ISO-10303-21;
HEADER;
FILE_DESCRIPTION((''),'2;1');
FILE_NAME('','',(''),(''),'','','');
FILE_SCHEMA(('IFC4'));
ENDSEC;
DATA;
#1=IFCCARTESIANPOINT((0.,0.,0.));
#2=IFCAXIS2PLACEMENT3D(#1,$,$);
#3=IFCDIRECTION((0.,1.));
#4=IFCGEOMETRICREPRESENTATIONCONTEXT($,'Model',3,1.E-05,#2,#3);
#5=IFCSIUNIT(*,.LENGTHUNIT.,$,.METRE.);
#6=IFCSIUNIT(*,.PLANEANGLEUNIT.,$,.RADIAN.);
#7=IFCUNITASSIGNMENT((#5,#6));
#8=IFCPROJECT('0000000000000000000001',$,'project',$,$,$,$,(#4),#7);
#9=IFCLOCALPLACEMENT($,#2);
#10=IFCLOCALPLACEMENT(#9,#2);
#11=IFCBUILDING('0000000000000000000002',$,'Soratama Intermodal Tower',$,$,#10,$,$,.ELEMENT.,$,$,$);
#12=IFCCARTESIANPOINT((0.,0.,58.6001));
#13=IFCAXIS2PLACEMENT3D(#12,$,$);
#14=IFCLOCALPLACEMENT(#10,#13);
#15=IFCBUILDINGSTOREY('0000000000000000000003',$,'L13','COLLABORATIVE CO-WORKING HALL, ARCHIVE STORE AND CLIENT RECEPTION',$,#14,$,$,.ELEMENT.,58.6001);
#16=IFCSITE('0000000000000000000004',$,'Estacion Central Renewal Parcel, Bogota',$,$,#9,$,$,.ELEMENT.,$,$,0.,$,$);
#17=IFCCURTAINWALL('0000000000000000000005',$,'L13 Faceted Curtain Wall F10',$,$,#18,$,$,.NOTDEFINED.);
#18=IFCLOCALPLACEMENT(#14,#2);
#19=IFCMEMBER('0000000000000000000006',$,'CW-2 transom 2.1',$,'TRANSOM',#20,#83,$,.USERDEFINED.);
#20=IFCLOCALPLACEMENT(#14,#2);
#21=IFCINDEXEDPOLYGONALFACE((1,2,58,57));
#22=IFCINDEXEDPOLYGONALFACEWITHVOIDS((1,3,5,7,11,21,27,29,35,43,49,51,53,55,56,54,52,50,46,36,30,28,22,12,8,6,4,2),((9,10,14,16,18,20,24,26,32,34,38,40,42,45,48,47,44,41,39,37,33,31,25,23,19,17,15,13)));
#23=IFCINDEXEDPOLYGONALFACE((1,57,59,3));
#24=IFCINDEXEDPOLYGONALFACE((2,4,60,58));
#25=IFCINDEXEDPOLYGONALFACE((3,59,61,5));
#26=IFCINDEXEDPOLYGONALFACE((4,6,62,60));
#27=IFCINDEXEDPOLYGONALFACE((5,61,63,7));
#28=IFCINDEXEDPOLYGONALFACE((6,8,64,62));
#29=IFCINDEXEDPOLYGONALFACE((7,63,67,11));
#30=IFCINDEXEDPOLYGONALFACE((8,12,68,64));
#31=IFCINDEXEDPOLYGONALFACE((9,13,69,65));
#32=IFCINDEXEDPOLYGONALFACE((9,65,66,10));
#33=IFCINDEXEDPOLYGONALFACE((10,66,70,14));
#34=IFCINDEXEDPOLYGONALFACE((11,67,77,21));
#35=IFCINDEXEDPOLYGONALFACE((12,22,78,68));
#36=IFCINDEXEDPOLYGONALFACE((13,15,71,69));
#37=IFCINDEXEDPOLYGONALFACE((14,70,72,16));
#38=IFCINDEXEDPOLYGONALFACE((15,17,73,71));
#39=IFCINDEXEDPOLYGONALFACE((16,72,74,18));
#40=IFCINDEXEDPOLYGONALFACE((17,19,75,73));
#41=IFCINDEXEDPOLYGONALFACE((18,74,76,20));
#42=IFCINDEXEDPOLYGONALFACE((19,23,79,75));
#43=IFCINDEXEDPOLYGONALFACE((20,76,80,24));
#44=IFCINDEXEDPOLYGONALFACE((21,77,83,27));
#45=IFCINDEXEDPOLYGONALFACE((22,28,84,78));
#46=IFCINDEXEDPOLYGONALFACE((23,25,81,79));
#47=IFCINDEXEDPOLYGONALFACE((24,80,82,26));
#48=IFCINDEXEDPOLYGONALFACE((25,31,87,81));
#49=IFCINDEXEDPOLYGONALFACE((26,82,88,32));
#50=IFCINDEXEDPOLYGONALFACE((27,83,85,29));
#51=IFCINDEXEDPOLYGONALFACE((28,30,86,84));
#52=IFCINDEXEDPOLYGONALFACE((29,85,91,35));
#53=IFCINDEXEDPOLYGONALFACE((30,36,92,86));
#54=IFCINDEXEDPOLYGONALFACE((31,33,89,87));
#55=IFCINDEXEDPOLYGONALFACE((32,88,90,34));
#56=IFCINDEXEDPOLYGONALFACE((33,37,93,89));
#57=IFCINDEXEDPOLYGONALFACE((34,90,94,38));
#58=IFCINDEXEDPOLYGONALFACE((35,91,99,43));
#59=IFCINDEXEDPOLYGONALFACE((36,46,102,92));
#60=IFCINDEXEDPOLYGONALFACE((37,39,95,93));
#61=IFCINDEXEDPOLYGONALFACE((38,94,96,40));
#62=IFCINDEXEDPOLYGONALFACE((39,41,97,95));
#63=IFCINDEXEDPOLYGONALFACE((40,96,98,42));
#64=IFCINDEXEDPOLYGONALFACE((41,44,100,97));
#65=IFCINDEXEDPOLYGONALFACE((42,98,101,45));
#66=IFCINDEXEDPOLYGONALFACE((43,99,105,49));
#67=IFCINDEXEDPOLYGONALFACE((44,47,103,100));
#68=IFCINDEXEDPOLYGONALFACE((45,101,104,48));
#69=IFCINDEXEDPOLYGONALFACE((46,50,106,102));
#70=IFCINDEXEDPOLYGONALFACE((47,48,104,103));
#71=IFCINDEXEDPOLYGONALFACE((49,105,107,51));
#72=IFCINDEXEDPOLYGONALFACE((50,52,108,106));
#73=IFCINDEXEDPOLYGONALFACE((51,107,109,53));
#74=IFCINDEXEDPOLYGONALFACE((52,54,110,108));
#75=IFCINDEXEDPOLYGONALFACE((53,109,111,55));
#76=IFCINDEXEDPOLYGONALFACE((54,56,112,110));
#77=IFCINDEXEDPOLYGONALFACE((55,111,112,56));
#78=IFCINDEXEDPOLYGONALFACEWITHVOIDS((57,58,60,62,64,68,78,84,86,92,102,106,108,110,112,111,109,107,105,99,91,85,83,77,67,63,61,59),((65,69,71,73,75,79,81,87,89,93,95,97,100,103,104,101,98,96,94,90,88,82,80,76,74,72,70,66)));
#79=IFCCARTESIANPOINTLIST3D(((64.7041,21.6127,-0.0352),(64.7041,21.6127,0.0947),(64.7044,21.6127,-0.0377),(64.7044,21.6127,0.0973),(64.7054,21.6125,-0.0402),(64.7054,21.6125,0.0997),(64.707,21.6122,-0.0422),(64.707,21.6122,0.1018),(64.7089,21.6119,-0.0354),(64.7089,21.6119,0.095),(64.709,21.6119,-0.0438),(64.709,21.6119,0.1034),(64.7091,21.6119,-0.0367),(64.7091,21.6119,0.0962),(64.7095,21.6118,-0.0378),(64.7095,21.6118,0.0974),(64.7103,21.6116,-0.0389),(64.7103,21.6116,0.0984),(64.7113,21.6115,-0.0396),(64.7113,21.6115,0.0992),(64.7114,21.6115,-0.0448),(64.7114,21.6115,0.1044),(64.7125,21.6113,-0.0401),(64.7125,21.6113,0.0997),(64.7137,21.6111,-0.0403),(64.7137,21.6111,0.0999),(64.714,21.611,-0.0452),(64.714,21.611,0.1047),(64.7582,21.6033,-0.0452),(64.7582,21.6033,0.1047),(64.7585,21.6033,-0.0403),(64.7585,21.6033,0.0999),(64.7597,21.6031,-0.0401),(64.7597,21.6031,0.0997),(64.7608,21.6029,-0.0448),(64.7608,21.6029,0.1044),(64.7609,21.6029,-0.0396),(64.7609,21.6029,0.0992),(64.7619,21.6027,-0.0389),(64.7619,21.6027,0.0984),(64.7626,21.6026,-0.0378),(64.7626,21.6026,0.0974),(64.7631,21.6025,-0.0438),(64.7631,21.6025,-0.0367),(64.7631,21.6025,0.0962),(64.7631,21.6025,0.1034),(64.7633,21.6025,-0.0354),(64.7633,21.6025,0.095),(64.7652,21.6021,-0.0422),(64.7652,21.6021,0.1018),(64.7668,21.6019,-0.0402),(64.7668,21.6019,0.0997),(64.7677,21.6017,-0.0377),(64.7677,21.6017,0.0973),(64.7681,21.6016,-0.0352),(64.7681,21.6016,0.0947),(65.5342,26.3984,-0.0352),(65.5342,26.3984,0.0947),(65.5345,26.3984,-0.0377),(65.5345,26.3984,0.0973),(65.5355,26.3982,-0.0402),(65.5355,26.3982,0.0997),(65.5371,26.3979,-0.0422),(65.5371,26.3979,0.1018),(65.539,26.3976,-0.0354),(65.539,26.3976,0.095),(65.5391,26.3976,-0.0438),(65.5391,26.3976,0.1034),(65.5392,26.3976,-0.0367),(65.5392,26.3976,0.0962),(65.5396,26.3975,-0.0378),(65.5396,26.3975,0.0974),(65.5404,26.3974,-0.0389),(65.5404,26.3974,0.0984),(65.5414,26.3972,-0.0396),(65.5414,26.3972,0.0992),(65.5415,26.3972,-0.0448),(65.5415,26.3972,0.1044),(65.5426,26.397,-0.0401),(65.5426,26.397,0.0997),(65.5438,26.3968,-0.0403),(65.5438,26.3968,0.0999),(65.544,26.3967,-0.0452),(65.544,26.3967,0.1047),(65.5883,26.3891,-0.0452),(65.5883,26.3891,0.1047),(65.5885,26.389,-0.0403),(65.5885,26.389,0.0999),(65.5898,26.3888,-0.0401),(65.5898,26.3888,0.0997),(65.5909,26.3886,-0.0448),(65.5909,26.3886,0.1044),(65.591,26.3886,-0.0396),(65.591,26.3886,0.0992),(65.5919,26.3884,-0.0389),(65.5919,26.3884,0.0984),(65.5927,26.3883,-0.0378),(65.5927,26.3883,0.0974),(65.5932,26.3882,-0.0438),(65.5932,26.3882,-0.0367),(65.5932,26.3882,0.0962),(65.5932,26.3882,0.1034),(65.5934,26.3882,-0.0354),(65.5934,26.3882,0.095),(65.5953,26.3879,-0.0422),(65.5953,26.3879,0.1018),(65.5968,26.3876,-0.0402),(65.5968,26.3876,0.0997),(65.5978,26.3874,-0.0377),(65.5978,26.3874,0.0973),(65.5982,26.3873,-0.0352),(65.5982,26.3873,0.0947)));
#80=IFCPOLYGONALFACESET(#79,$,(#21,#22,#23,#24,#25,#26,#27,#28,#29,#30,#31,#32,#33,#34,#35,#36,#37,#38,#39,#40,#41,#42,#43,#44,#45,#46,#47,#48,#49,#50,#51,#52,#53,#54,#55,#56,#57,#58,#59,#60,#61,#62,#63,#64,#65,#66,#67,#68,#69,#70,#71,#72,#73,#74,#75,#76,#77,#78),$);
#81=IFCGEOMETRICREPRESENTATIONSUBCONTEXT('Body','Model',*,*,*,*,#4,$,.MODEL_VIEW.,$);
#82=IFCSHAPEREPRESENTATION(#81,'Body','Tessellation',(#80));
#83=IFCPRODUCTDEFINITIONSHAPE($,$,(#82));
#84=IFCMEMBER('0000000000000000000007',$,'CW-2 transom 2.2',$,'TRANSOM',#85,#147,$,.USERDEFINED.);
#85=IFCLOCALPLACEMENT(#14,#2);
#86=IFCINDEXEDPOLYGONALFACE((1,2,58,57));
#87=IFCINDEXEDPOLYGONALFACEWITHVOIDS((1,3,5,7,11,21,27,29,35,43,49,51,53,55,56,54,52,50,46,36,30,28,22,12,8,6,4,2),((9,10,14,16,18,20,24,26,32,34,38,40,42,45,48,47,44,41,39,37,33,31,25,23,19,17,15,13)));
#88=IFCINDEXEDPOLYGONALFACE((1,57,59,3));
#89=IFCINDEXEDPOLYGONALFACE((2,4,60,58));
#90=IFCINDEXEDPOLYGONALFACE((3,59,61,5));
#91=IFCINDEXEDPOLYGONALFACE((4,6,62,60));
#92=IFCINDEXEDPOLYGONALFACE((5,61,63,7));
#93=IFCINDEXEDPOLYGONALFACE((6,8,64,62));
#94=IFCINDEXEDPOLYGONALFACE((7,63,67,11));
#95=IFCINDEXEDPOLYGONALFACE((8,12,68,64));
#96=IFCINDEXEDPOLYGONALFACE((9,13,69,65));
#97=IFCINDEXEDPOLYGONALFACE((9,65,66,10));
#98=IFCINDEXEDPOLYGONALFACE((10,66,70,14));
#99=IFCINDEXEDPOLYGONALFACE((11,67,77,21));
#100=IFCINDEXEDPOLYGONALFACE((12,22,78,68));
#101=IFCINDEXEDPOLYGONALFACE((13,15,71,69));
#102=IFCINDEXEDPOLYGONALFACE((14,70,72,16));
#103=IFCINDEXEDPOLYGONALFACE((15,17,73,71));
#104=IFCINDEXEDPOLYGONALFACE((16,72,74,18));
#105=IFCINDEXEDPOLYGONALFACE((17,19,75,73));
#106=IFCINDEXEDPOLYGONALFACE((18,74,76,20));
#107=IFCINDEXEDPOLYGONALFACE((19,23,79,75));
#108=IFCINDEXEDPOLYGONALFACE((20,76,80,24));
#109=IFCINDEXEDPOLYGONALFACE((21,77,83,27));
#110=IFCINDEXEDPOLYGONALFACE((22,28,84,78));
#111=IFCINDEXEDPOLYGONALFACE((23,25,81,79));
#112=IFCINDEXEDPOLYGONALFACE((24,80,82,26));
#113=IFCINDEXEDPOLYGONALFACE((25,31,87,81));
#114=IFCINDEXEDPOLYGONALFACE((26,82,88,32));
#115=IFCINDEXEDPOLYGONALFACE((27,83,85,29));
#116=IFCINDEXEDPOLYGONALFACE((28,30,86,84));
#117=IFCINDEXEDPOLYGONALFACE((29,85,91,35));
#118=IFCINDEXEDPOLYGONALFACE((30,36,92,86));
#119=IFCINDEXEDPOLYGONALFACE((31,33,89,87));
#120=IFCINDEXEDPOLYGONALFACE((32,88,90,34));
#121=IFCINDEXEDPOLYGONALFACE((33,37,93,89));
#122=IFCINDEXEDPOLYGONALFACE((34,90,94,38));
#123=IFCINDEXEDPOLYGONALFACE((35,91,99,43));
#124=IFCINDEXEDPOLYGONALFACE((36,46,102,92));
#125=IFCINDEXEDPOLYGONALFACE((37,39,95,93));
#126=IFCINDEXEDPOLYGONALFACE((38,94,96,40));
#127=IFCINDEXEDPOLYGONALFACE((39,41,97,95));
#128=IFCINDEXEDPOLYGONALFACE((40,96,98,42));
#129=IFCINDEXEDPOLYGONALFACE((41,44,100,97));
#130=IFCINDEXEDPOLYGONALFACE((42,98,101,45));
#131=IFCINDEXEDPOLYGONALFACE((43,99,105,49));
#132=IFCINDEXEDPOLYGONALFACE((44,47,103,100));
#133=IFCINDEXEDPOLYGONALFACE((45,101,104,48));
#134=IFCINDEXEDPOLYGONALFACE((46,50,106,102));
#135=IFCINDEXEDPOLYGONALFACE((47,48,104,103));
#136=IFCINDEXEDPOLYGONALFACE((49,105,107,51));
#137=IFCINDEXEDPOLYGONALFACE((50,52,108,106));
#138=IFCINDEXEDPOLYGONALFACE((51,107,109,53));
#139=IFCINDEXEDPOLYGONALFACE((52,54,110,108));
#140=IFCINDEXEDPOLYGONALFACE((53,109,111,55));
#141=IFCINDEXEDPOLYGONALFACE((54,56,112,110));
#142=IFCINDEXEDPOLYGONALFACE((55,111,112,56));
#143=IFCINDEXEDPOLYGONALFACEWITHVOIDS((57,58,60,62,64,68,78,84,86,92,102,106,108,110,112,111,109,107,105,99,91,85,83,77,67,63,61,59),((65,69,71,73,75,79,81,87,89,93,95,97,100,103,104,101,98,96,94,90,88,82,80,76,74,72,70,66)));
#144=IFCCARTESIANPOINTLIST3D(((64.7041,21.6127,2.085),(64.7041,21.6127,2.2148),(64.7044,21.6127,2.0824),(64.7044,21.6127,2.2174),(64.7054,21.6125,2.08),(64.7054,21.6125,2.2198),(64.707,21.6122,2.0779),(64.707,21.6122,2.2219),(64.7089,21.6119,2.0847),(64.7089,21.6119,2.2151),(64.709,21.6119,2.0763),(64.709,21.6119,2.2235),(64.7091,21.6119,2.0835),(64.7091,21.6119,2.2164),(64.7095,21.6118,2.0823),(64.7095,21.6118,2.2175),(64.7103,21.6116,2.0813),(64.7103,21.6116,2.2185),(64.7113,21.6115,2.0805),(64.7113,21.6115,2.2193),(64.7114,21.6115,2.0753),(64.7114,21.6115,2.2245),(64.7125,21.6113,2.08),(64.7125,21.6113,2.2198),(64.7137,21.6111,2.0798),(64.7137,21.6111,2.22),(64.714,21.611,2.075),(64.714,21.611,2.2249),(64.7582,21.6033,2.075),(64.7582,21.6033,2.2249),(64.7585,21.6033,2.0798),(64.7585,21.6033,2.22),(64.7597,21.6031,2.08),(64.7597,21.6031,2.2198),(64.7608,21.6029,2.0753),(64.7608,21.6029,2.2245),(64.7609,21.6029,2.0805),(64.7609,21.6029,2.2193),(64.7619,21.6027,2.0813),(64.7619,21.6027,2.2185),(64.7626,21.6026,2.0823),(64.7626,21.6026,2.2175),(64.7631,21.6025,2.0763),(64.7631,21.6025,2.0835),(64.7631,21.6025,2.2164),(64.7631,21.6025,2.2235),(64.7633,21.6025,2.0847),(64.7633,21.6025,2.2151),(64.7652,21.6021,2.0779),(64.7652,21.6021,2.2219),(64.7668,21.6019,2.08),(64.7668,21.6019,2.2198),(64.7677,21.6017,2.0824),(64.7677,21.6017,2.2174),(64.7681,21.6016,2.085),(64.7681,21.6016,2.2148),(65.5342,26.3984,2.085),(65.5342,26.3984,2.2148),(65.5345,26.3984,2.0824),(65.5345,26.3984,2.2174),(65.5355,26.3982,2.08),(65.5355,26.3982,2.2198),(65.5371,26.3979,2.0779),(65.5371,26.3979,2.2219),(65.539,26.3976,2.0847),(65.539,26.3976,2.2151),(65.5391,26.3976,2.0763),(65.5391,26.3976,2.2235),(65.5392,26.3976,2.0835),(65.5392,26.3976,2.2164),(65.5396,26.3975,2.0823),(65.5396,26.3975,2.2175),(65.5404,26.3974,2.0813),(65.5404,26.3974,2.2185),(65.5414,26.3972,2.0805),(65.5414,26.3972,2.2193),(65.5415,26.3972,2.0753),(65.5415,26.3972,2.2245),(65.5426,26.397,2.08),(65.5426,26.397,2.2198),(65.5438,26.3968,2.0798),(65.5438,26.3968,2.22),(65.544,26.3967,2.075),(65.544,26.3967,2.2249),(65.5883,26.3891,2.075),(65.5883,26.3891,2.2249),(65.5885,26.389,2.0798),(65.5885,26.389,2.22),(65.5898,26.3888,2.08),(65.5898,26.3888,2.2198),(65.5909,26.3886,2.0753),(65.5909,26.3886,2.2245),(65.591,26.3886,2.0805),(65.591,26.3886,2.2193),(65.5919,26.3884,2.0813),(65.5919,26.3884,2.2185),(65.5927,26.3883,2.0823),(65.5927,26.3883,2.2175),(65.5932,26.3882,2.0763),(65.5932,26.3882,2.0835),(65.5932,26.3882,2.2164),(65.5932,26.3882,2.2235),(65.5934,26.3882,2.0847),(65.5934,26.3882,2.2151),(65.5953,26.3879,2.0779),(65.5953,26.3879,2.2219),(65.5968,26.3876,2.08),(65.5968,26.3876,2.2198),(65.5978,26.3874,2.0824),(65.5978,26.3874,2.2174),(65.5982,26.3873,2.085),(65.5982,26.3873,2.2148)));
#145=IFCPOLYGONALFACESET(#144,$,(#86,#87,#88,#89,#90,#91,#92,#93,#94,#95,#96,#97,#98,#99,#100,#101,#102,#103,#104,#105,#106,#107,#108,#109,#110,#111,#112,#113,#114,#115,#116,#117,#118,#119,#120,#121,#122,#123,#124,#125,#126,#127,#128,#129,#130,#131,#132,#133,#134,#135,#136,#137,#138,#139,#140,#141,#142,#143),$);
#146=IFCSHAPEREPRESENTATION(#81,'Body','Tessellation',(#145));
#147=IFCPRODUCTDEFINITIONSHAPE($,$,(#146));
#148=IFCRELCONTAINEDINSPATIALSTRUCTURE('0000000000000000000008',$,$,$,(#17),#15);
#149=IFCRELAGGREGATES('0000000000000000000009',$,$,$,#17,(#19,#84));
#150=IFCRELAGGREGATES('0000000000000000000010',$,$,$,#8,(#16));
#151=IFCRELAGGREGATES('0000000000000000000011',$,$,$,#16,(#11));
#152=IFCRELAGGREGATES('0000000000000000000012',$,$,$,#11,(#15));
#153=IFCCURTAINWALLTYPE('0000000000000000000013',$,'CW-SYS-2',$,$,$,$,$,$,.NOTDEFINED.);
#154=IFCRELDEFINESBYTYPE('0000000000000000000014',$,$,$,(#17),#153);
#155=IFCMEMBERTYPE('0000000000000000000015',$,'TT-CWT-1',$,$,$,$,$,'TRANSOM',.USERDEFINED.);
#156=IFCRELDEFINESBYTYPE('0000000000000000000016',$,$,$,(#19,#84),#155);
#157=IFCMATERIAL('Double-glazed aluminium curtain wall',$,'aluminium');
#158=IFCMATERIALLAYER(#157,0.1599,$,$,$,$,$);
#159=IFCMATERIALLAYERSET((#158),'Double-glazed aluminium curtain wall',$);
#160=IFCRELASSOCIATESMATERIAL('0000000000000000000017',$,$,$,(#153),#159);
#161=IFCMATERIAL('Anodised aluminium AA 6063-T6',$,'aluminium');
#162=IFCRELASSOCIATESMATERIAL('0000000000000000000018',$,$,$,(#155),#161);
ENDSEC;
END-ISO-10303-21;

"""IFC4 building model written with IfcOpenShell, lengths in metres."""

from ifc_helpers import new_model, si_unit, direction, frame, origin, origin_2d, place, context, subcontext, project, spatial, hollow_rectangle, extrude, material, layer, layer_set, material_profile, profile_set, type_object, element, aggregate, save


model = new_model("IFC4")

# Units and contexts
model_context = context("Model", 3, precision=1e-05, world=origin(), true_north=direction((0.0, 1.0)))
body_context = subcontext(model_context, "Body", "Model", "MODEL_VIEW")
ifc_project = project(units=[si_unit("LENGTHUNIT", "METRE"), si_unit("PLANEANGLEUNIT", "RADIAN")], contexts=[model_context])

# Site, building, storey
site_placement = place(None, origin())
site = spatial("IfcSite", under=ifc_project, at=site_placement, Name="Estacion Central Renewal Parcel, Bogota", CompositionType="ELEMENT", RefElevation=0.0)
building_placement = place(site_placement, origin())
building = spatial("IfcBuilding", under=site, at=building_placement, Name="Soratama Intermodal Tower", CompositionType="ELEMENT")
storey_placement = place(building_placement, frame((0.0, 0.0, 58.6001)))
storey = spatial("IfcBuildingStorey", under=building, at=storey_placement, Name="L13", Description="COLLABORATIVE CO-WORKING HALL, ARCHIVE STORE AND CLIENT RECEPTION", CompositionType="ELEMENT", Elevation=58.6001)

# Shared definitions
ifc_material_1 = material(Name="Double-glazed aluminium curtain wall", Category="aluminium")
ifc_layer_1 = layer(ifc_material_1, 0.1599)
ifc_layer_set_1 = layer_set([ifc_layer_1], Name="Double-glazed aluminium curtain wall")
curtain_wall_type = type_object("IfcCurtainWallType", Name="CW-SYS-2", PredefinedType="NOTDEFINED", material=ifc_layer_set_1)

# Curtain wall, members
curtain_wall_1_placement = place(storey_placement, origin())
curtain_wall_1 = element("IfcCurtainWall", 1, at=curtain_wall_1_placement, inside=storey, type_object=curtain_wall_type, Name="L13 Faceted Curtain Wall F10", PredefinedType="NOTDEFINED")
ifc_material_2 = material(Name="Anodised aluminium AA 6063-T6", Category="aluminium")
ifc_material_profile_1 = material_profile(ifc_material_2, hollow_rectangle(XDim=0.0649, YDim=0.1499, WallThickness=0.0049, InnerFilletRadius=0.0049, OuterFilletRadius=0.01, at=origin_2d()), Name="CWT150X65X5")
ifc_profile_set_1 = profile_set([ifc_material_profile_1], Name="Anodised aluminium AA 6063-T6")
member_type_1 = type_object("IfcMemberType", Name="TT-CWT-1", ElementType="TRANSOM", PredefinedType="USERDEFINED", material=ifc_profile_set_1)
member_1_placement = place(storey_placement, frame((64.7361, 21.6072, 0.0298), z_axis=(0.1709, 0.985288, 0.0), x_axis=(-0.985288, 0.1709, 0.0)))
member_1 = element("IfcMember", 2, at=member_1_placement, type_object=member_type_1, Name="CW-2 transom 2.1", ObjectType="TRANSOM", PredefinedType="USERDEFINED", context=body_context, shape_type="SweptSolid", body=[
    extrude(hollow_rectangle(XDim=0.0649, YDim=0.1499, WallThickness=0.0049, InnerFilletRadius=0.0049, OuterFilletRadius=0.01, at=origin_2d()), origin(), (0.0, 0.0, 1.0), 4.8572),
])
member_2_placement = place(storey_placement, frame((64.7361, 21.6072, 2.1499), z_axis=(0.1709, 0.985288, 0.0), x_axis=(-0.985288, 0.1709, 0.0)))
member_2 = element("IfcMember", 3, at=member_2_placement, type_object=member_type_1, Name="CW-2 transom 2.2", ObjectType="TRANSOM", PredefinedType="USERDEFINED", context=body_context, shape_type="SweptSolid", body=[
    extrude(hollow_rectangle(XDim=0.0649, YDim=0.1499, WallThickness=0.0049, InnerFilletRadius=0.0049, OuterFilletRadius=0.01, at=origin_2d()), origin(), (0.0, 0.0, 1.0), 4.8572),
])
aggregate(curtain_wall_1, [member_1, member_2])

save(model, "model.ifc")
